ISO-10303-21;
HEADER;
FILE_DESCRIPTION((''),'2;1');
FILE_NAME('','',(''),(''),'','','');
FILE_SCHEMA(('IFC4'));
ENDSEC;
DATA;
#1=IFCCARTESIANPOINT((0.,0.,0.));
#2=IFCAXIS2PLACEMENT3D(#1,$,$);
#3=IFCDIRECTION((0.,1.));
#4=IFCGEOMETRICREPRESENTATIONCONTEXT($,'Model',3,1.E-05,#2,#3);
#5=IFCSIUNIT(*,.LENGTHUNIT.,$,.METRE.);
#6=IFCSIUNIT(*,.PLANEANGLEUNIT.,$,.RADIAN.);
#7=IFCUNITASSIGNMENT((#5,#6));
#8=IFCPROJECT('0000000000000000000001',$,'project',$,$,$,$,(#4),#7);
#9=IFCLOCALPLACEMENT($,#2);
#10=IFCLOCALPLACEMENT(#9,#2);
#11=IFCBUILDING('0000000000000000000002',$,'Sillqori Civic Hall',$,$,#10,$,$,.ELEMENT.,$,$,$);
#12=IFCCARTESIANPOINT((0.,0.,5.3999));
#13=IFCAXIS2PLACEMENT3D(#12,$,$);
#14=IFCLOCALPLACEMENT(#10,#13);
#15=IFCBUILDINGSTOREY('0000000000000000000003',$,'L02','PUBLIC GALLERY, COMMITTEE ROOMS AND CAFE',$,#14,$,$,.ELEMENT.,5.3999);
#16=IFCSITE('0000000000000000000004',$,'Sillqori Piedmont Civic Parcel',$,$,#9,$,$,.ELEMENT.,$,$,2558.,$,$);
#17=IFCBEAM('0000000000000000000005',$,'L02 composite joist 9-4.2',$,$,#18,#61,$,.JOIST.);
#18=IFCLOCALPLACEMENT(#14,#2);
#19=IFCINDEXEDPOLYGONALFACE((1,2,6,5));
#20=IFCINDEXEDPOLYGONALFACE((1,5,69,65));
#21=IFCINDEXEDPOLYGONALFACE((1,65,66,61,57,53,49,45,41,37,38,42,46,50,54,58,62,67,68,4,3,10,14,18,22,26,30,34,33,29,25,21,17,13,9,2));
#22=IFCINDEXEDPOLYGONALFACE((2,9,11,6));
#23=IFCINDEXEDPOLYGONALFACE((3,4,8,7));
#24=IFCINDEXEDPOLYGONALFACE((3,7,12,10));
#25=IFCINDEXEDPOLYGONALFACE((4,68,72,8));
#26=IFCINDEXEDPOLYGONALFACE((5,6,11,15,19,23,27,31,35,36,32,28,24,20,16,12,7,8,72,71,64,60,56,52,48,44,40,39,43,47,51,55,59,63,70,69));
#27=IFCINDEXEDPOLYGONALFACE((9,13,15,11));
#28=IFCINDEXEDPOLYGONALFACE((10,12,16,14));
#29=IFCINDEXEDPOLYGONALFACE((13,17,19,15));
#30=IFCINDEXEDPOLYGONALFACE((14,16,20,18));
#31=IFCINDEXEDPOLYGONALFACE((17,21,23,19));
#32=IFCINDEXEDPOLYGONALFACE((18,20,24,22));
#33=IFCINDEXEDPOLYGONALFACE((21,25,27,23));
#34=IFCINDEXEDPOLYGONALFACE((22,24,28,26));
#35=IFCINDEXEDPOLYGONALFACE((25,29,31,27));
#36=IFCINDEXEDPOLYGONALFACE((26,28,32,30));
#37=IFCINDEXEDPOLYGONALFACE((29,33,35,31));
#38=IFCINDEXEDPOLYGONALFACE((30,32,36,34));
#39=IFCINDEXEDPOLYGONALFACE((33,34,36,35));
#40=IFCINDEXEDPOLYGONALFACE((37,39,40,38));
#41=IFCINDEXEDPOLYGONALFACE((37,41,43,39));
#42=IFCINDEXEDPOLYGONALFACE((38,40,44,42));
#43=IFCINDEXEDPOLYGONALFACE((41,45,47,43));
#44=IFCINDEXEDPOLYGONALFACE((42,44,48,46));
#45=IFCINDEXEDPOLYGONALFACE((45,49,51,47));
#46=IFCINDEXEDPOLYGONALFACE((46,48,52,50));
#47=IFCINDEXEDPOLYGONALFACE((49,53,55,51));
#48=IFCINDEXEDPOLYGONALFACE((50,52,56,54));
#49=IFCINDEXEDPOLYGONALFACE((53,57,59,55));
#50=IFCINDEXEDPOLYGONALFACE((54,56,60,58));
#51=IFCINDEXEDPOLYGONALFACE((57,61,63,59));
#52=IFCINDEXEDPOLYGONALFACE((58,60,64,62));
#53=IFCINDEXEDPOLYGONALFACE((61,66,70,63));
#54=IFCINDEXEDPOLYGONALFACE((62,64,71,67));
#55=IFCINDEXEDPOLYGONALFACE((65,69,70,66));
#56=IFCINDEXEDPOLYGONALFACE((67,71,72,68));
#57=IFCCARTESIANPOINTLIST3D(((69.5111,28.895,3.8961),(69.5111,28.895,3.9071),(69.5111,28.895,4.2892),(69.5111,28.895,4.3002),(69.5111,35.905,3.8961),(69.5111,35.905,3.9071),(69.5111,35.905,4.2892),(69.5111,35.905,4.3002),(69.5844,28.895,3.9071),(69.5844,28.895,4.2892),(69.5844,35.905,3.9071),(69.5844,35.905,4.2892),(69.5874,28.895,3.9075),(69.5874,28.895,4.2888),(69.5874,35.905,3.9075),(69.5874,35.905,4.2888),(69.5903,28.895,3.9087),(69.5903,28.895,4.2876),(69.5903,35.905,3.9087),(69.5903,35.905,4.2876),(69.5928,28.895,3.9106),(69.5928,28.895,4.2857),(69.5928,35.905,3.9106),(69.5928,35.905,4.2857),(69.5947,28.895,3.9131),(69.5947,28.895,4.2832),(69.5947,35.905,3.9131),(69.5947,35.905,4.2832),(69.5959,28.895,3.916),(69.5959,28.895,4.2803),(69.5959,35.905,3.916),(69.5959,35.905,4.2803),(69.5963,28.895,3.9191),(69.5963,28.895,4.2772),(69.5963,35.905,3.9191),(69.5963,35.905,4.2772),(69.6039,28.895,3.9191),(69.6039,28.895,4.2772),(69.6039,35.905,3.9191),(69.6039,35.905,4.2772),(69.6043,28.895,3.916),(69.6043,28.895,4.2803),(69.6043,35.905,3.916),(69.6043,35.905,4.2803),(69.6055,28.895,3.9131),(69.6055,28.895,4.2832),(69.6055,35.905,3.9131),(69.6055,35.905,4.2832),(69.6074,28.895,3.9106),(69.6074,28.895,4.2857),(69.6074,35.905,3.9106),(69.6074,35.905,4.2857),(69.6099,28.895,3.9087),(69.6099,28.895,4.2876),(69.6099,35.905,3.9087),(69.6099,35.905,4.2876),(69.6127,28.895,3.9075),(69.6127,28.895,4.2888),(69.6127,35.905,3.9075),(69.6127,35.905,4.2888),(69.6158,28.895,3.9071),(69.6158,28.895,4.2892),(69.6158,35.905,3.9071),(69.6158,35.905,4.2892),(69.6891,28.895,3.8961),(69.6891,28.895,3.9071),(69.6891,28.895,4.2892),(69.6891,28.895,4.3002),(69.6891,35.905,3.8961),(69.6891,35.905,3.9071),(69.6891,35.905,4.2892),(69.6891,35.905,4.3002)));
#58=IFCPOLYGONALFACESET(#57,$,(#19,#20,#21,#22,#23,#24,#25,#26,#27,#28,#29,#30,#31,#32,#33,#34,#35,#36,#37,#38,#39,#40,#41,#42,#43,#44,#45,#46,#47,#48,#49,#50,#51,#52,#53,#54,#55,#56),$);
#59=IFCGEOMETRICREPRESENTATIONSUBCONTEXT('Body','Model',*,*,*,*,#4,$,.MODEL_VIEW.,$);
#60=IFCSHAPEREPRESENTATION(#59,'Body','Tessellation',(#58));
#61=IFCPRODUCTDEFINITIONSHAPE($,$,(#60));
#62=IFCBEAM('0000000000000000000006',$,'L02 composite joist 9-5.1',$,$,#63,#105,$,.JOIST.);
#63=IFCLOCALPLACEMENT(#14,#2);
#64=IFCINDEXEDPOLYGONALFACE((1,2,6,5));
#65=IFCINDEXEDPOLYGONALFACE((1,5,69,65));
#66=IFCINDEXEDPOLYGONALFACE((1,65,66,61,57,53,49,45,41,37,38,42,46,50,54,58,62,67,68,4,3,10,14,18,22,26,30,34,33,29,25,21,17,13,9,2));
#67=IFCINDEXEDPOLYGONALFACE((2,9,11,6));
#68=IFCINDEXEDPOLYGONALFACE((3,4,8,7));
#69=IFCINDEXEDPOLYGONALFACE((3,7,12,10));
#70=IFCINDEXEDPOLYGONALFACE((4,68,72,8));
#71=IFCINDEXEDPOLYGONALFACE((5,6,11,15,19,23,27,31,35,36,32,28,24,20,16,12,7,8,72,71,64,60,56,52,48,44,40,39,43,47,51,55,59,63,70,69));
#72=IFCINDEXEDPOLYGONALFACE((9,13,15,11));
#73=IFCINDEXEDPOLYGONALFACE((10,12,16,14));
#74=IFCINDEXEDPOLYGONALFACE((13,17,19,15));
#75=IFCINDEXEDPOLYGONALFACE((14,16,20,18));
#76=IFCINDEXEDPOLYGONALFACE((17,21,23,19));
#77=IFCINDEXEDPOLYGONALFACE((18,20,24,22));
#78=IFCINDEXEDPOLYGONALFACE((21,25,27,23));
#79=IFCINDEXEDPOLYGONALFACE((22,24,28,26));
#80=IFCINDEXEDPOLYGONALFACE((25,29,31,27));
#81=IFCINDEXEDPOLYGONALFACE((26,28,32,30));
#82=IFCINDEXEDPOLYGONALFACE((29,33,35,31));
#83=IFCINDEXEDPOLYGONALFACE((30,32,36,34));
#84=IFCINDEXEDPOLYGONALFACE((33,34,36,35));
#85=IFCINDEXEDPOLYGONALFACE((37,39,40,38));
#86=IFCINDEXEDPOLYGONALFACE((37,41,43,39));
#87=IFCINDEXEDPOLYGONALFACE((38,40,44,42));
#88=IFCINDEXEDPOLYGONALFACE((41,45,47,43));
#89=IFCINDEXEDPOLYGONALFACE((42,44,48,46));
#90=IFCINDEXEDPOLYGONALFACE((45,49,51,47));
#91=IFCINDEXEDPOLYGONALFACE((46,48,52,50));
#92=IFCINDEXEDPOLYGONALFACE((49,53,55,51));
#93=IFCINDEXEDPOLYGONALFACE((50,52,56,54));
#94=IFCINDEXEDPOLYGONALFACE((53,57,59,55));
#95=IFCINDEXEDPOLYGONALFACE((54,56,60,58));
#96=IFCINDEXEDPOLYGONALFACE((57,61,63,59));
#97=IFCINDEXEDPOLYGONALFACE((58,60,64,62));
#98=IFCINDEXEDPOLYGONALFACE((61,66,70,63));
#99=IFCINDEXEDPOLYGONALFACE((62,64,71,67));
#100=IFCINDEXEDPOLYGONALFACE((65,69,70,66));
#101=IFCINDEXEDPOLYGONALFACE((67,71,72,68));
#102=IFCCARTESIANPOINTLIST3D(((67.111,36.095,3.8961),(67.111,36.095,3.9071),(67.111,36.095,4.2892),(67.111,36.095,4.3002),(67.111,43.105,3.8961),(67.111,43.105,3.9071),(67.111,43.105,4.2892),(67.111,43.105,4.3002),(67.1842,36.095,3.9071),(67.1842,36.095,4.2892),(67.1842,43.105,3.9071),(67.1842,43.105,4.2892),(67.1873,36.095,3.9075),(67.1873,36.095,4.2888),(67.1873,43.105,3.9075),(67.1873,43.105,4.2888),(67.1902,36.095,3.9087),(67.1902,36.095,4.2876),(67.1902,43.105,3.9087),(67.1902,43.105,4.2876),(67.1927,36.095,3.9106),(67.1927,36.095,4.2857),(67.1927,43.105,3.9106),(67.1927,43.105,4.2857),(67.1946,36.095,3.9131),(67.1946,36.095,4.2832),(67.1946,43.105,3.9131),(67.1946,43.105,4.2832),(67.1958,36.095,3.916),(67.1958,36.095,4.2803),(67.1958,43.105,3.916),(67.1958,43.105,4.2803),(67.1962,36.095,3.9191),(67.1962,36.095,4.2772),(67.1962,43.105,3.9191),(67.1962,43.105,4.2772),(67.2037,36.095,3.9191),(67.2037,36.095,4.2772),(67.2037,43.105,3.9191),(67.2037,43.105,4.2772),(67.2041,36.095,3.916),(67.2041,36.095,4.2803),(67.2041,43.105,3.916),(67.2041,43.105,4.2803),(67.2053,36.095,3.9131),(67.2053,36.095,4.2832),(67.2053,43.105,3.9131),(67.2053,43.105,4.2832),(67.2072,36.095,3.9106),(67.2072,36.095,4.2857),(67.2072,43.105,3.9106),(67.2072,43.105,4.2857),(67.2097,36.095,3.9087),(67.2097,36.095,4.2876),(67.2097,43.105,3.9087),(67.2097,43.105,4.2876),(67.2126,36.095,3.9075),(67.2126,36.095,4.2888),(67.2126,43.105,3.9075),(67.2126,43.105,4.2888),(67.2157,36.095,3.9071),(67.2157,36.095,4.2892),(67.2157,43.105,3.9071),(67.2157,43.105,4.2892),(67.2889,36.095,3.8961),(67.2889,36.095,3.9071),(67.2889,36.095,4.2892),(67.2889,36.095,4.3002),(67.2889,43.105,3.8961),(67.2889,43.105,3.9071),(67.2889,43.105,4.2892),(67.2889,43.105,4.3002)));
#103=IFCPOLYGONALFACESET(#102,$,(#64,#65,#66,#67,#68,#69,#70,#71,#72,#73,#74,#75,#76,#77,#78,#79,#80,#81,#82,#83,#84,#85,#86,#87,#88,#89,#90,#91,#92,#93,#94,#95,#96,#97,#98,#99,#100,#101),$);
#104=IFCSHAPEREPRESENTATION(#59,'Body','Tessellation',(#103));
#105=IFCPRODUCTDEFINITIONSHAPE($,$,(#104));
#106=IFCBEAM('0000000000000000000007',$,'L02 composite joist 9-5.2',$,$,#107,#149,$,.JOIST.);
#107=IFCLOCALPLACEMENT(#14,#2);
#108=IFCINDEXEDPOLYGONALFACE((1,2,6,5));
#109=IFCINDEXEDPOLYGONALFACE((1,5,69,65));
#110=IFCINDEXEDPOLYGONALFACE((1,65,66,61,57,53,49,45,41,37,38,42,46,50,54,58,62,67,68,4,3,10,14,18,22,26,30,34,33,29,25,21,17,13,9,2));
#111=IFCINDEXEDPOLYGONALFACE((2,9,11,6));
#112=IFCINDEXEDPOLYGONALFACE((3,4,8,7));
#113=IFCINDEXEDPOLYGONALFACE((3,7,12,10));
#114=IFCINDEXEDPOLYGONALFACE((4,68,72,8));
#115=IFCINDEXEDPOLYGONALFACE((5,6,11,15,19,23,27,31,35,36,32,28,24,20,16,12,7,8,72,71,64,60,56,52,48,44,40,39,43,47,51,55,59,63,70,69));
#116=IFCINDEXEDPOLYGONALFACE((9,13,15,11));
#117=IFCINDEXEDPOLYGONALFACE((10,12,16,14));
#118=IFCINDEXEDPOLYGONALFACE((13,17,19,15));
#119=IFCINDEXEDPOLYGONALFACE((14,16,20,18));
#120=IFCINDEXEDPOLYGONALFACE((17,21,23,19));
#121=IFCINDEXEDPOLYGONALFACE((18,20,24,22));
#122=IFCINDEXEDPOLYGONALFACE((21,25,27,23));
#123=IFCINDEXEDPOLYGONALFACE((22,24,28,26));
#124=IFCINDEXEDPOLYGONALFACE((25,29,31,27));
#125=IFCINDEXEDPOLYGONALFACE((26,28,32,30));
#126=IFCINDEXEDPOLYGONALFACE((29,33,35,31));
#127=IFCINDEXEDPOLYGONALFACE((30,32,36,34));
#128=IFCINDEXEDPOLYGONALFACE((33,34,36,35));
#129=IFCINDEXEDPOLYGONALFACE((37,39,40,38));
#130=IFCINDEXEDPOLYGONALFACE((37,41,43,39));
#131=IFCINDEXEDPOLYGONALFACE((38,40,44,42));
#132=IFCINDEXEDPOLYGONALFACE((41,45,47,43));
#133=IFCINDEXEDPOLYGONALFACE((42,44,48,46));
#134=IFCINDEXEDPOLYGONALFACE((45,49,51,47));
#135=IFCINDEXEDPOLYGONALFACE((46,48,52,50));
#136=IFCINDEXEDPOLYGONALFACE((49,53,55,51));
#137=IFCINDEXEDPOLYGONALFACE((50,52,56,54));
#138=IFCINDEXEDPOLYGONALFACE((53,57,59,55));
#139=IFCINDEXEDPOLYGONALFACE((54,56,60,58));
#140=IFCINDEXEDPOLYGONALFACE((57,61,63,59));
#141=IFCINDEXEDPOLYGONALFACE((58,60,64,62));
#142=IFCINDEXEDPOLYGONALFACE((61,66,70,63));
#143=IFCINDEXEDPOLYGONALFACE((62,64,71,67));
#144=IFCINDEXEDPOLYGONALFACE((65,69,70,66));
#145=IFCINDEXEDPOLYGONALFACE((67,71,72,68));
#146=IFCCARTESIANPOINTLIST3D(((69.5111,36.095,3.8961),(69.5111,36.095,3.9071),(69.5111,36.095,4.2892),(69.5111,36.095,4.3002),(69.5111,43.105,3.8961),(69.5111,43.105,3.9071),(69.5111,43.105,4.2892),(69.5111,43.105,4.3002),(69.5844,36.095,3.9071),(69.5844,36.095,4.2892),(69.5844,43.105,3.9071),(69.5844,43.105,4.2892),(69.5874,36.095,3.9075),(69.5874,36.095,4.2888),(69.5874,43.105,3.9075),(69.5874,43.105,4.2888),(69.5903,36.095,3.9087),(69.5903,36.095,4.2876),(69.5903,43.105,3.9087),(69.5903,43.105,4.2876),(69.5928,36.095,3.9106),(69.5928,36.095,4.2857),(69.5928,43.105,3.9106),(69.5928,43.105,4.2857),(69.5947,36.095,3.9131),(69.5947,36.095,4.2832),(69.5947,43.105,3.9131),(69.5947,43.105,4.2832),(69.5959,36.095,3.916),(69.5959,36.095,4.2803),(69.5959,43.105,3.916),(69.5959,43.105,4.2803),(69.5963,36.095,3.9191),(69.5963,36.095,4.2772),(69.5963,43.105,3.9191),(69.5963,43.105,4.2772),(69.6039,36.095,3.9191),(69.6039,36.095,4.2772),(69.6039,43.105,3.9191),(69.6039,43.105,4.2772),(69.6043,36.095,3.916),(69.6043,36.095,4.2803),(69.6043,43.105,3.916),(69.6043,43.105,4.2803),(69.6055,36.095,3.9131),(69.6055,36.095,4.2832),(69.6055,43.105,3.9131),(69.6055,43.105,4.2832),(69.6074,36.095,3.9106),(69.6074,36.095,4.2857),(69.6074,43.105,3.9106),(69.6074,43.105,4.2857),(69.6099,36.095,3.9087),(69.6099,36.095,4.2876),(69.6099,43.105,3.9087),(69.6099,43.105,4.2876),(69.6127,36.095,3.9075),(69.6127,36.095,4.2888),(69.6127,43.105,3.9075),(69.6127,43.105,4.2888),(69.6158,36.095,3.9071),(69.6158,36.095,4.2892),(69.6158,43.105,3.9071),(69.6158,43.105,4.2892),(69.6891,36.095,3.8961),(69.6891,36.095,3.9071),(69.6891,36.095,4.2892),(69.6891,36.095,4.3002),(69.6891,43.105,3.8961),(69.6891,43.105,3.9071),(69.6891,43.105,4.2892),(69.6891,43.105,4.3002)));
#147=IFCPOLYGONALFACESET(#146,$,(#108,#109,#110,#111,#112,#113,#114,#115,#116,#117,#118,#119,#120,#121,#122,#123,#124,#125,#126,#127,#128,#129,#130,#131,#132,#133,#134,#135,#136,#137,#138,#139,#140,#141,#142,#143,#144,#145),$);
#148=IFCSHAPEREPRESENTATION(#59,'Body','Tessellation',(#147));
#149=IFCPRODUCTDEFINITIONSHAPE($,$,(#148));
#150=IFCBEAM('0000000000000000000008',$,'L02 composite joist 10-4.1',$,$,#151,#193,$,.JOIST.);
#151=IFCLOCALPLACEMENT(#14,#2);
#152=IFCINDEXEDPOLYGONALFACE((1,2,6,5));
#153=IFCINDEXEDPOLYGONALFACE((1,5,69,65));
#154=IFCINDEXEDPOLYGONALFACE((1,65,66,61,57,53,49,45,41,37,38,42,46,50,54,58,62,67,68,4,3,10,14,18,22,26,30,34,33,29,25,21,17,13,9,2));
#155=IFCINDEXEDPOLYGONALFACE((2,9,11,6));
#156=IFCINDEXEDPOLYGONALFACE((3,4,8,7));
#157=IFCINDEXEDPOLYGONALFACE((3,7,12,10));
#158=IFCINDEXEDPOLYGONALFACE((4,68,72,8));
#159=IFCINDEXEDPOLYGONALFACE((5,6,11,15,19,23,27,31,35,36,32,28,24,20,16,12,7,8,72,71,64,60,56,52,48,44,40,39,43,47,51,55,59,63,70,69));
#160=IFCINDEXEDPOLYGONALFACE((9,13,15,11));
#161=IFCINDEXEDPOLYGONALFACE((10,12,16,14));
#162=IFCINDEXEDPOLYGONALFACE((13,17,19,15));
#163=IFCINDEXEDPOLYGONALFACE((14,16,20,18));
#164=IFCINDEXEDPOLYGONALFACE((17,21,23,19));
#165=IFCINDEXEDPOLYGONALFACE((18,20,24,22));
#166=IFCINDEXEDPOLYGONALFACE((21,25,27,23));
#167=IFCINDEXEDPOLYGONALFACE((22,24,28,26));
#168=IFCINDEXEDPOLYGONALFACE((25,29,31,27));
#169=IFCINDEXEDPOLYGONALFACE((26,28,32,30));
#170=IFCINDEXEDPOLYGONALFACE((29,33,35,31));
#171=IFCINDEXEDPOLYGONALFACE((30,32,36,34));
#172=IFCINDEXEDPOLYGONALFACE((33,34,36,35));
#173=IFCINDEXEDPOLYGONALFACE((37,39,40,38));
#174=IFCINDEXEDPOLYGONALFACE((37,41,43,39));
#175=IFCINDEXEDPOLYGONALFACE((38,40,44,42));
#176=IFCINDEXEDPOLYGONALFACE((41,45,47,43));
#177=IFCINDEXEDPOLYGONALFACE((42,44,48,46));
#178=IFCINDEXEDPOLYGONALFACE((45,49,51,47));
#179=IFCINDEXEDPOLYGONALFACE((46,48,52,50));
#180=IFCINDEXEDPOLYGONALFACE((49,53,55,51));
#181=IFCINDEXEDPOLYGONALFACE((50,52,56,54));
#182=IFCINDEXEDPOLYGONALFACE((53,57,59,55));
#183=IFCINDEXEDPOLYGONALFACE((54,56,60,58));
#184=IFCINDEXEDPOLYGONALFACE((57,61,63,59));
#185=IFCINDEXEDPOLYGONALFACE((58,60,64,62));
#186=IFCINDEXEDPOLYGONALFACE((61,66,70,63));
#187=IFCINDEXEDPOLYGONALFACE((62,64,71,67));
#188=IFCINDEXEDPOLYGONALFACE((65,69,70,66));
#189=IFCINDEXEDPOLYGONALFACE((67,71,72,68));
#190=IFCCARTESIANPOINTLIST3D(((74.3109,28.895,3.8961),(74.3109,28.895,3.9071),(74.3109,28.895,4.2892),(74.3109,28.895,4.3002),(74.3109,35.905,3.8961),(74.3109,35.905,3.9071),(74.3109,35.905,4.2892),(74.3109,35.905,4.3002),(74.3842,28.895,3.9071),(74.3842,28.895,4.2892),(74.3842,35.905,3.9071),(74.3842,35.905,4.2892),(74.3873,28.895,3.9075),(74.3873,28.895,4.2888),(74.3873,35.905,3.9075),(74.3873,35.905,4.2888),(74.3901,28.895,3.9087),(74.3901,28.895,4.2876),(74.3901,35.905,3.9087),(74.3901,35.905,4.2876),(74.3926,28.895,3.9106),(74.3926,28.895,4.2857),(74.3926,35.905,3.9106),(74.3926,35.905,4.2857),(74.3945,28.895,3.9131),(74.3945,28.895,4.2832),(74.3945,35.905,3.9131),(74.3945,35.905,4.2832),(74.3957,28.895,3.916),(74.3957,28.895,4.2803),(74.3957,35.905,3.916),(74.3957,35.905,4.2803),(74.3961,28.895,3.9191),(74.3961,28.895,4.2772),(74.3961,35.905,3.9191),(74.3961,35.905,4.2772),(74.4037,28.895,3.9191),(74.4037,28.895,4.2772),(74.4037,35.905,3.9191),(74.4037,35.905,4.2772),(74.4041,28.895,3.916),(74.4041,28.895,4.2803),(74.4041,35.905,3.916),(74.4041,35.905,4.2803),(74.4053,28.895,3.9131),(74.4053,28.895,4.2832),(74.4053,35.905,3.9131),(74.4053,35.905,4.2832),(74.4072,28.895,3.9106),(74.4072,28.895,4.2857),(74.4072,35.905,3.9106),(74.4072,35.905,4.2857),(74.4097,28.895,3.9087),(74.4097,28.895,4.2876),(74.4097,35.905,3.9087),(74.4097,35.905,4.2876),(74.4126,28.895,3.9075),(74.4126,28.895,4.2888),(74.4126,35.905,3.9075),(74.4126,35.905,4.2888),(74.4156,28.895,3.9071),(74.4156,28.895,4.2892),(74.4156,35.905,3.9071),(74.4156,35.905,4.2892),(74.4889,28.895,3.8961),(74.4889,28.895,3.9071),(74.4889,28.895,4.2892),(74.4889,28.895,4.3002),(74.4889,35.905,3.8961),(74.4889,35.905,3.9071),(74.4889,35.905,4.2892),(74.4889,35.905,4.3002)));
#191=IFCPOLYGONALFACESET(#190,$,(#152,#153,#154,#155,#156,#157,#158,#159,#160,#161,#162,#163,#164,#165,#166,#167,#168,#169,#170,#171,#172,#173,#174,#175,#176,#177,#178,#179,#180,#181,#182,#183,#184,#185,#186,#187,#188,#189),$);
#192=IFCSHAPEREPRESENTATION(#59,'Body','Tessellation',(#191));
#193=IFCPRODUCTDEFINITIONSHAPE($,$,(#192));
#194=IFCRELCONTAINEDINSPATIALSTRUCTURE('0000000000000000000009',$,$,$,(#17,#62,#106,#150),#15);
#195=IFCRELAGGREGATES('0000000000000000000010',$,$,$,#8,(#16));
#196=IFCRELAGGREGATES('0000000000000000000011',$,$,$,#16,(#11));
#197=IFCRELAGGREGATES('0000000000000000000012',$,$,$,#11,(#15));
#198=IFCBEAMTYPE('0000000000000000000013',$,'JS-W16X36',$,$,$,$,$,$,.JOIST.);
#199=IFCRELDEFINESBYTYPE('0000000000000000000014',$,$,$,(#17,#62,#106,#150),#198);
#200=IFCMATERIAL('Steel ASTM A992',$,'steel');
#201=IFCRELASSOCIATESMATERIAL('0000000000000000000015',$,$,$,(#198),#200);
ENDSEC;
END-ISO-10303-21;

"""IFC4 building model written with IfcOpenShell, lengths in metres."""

from ifc_helpers import new_model, si_unit, direction, frame, origin, origin_2d, place, context, subcontext, project, spatial, i_section, extrude, material, material_profile, profile_set, type_object, element, save


model = new_model("IFC4")

# Units and contexts
model_context = context("Model", 3, precision=1e-05, world=origin(), true_north=direction((0.0, 1.0)))
body_context = subcontext(model_context, "Body", "Model", "MODEL_VIEW")
ifc_project = project(units=[si_unit("LENGTHUNIT", "METRE"), si_unit("PLANEANGLEUNIT", "RADIAN")], contexts=[model_context])

# Site, building, storey
site_placement = place(None, origin())
site = spatial("IfcSite", under=ifc_project, at=site_placement, Name="Sillqori Piedmont Civic Parcel", CompositionType="ELEMENT", RefElevation=2558.0)
building_placement = place(site_placement, origin())
building = spatial("IfcBuilding", under=site, at=building_placement, Name="Sillqori Civic Hall", CompositionType="ELEMENT")
storey_placement = place(building_placement, frame((0.0, 0.0, 5.3999)))
storey = spatial("IfcBuildingStorey", under=building, at=storey_placement, Name="L02", Description="PUBLIC GALLERY, COMMITTEE ROOMS AND CAFE", CompositionType="ELEMENT", Elevation=5.3999)

# Shared definitions
ifc_material_1 = material(Name="Steel ASTM A992", Category="steel")

# Beams
ifc_material_profile_1 = material_profile(ifc_material_1, i_section(OverallWidth=0.178, OverallDepth=0.4041, WebThickness=0.0076, FlangeThickness=0.011, FilletRadius=0.012, at=origin_2d()), Name="W16X36")
ifc_profile_set_1 = profile_set([ifc_material_profile_1], Name="Steel ASTM A992")
beam_type_1 = type_object("IfcBeamType", Name="JS-W16X36", PredefinedType="JOIST", material=ifc_profile_set_1)
for number, where, z_axis, x_axis, name in (
    (1, (69.6001, 28.895, 4.0981), (0.0, 1.0, 0.0), (-1.0, 0.0, 0.0), "L02 composite joist 9-4.2"),
    (2, (67.2, 36.095, 4.0981), (0.0, 1.0, 0.0), (-1.0, 0.0, 0.0), "L02 composite joist 9-5.1"),
    (3, (69.6001, 36.095, 4.0981), (0.0, 1.0, 0.0), (-1.0, 0.0, 0.0), "L02 composite joist 9-5.2"),
    (4, (74.3999, 28.895, 4.0981), (0.0, 1.0, 0.0), (-1.0, 0.0, 0.0), "L02 composite joist 10-4.1"),
):
    element("IfcBeam", number, at=place(storey_placement, frame(where, z_axis=z_axis, x_axis=x_axis)), inside=storey, type_object=beam_type_1, Name=name, PredefinedType="JOIST", context=body_context, shape_type="SweptSolid", body=[
        extrude(i_section(OverallWidth=0.178, OverallDepth=0.4041, WebThickness=0.0076, FlangeThickness=0.011, FilletRadius=0.012, at=origin_2d()), origin(), (0.0, 0.0, 1.0), 7.01),
    ])

save(model, "model.ifc")
